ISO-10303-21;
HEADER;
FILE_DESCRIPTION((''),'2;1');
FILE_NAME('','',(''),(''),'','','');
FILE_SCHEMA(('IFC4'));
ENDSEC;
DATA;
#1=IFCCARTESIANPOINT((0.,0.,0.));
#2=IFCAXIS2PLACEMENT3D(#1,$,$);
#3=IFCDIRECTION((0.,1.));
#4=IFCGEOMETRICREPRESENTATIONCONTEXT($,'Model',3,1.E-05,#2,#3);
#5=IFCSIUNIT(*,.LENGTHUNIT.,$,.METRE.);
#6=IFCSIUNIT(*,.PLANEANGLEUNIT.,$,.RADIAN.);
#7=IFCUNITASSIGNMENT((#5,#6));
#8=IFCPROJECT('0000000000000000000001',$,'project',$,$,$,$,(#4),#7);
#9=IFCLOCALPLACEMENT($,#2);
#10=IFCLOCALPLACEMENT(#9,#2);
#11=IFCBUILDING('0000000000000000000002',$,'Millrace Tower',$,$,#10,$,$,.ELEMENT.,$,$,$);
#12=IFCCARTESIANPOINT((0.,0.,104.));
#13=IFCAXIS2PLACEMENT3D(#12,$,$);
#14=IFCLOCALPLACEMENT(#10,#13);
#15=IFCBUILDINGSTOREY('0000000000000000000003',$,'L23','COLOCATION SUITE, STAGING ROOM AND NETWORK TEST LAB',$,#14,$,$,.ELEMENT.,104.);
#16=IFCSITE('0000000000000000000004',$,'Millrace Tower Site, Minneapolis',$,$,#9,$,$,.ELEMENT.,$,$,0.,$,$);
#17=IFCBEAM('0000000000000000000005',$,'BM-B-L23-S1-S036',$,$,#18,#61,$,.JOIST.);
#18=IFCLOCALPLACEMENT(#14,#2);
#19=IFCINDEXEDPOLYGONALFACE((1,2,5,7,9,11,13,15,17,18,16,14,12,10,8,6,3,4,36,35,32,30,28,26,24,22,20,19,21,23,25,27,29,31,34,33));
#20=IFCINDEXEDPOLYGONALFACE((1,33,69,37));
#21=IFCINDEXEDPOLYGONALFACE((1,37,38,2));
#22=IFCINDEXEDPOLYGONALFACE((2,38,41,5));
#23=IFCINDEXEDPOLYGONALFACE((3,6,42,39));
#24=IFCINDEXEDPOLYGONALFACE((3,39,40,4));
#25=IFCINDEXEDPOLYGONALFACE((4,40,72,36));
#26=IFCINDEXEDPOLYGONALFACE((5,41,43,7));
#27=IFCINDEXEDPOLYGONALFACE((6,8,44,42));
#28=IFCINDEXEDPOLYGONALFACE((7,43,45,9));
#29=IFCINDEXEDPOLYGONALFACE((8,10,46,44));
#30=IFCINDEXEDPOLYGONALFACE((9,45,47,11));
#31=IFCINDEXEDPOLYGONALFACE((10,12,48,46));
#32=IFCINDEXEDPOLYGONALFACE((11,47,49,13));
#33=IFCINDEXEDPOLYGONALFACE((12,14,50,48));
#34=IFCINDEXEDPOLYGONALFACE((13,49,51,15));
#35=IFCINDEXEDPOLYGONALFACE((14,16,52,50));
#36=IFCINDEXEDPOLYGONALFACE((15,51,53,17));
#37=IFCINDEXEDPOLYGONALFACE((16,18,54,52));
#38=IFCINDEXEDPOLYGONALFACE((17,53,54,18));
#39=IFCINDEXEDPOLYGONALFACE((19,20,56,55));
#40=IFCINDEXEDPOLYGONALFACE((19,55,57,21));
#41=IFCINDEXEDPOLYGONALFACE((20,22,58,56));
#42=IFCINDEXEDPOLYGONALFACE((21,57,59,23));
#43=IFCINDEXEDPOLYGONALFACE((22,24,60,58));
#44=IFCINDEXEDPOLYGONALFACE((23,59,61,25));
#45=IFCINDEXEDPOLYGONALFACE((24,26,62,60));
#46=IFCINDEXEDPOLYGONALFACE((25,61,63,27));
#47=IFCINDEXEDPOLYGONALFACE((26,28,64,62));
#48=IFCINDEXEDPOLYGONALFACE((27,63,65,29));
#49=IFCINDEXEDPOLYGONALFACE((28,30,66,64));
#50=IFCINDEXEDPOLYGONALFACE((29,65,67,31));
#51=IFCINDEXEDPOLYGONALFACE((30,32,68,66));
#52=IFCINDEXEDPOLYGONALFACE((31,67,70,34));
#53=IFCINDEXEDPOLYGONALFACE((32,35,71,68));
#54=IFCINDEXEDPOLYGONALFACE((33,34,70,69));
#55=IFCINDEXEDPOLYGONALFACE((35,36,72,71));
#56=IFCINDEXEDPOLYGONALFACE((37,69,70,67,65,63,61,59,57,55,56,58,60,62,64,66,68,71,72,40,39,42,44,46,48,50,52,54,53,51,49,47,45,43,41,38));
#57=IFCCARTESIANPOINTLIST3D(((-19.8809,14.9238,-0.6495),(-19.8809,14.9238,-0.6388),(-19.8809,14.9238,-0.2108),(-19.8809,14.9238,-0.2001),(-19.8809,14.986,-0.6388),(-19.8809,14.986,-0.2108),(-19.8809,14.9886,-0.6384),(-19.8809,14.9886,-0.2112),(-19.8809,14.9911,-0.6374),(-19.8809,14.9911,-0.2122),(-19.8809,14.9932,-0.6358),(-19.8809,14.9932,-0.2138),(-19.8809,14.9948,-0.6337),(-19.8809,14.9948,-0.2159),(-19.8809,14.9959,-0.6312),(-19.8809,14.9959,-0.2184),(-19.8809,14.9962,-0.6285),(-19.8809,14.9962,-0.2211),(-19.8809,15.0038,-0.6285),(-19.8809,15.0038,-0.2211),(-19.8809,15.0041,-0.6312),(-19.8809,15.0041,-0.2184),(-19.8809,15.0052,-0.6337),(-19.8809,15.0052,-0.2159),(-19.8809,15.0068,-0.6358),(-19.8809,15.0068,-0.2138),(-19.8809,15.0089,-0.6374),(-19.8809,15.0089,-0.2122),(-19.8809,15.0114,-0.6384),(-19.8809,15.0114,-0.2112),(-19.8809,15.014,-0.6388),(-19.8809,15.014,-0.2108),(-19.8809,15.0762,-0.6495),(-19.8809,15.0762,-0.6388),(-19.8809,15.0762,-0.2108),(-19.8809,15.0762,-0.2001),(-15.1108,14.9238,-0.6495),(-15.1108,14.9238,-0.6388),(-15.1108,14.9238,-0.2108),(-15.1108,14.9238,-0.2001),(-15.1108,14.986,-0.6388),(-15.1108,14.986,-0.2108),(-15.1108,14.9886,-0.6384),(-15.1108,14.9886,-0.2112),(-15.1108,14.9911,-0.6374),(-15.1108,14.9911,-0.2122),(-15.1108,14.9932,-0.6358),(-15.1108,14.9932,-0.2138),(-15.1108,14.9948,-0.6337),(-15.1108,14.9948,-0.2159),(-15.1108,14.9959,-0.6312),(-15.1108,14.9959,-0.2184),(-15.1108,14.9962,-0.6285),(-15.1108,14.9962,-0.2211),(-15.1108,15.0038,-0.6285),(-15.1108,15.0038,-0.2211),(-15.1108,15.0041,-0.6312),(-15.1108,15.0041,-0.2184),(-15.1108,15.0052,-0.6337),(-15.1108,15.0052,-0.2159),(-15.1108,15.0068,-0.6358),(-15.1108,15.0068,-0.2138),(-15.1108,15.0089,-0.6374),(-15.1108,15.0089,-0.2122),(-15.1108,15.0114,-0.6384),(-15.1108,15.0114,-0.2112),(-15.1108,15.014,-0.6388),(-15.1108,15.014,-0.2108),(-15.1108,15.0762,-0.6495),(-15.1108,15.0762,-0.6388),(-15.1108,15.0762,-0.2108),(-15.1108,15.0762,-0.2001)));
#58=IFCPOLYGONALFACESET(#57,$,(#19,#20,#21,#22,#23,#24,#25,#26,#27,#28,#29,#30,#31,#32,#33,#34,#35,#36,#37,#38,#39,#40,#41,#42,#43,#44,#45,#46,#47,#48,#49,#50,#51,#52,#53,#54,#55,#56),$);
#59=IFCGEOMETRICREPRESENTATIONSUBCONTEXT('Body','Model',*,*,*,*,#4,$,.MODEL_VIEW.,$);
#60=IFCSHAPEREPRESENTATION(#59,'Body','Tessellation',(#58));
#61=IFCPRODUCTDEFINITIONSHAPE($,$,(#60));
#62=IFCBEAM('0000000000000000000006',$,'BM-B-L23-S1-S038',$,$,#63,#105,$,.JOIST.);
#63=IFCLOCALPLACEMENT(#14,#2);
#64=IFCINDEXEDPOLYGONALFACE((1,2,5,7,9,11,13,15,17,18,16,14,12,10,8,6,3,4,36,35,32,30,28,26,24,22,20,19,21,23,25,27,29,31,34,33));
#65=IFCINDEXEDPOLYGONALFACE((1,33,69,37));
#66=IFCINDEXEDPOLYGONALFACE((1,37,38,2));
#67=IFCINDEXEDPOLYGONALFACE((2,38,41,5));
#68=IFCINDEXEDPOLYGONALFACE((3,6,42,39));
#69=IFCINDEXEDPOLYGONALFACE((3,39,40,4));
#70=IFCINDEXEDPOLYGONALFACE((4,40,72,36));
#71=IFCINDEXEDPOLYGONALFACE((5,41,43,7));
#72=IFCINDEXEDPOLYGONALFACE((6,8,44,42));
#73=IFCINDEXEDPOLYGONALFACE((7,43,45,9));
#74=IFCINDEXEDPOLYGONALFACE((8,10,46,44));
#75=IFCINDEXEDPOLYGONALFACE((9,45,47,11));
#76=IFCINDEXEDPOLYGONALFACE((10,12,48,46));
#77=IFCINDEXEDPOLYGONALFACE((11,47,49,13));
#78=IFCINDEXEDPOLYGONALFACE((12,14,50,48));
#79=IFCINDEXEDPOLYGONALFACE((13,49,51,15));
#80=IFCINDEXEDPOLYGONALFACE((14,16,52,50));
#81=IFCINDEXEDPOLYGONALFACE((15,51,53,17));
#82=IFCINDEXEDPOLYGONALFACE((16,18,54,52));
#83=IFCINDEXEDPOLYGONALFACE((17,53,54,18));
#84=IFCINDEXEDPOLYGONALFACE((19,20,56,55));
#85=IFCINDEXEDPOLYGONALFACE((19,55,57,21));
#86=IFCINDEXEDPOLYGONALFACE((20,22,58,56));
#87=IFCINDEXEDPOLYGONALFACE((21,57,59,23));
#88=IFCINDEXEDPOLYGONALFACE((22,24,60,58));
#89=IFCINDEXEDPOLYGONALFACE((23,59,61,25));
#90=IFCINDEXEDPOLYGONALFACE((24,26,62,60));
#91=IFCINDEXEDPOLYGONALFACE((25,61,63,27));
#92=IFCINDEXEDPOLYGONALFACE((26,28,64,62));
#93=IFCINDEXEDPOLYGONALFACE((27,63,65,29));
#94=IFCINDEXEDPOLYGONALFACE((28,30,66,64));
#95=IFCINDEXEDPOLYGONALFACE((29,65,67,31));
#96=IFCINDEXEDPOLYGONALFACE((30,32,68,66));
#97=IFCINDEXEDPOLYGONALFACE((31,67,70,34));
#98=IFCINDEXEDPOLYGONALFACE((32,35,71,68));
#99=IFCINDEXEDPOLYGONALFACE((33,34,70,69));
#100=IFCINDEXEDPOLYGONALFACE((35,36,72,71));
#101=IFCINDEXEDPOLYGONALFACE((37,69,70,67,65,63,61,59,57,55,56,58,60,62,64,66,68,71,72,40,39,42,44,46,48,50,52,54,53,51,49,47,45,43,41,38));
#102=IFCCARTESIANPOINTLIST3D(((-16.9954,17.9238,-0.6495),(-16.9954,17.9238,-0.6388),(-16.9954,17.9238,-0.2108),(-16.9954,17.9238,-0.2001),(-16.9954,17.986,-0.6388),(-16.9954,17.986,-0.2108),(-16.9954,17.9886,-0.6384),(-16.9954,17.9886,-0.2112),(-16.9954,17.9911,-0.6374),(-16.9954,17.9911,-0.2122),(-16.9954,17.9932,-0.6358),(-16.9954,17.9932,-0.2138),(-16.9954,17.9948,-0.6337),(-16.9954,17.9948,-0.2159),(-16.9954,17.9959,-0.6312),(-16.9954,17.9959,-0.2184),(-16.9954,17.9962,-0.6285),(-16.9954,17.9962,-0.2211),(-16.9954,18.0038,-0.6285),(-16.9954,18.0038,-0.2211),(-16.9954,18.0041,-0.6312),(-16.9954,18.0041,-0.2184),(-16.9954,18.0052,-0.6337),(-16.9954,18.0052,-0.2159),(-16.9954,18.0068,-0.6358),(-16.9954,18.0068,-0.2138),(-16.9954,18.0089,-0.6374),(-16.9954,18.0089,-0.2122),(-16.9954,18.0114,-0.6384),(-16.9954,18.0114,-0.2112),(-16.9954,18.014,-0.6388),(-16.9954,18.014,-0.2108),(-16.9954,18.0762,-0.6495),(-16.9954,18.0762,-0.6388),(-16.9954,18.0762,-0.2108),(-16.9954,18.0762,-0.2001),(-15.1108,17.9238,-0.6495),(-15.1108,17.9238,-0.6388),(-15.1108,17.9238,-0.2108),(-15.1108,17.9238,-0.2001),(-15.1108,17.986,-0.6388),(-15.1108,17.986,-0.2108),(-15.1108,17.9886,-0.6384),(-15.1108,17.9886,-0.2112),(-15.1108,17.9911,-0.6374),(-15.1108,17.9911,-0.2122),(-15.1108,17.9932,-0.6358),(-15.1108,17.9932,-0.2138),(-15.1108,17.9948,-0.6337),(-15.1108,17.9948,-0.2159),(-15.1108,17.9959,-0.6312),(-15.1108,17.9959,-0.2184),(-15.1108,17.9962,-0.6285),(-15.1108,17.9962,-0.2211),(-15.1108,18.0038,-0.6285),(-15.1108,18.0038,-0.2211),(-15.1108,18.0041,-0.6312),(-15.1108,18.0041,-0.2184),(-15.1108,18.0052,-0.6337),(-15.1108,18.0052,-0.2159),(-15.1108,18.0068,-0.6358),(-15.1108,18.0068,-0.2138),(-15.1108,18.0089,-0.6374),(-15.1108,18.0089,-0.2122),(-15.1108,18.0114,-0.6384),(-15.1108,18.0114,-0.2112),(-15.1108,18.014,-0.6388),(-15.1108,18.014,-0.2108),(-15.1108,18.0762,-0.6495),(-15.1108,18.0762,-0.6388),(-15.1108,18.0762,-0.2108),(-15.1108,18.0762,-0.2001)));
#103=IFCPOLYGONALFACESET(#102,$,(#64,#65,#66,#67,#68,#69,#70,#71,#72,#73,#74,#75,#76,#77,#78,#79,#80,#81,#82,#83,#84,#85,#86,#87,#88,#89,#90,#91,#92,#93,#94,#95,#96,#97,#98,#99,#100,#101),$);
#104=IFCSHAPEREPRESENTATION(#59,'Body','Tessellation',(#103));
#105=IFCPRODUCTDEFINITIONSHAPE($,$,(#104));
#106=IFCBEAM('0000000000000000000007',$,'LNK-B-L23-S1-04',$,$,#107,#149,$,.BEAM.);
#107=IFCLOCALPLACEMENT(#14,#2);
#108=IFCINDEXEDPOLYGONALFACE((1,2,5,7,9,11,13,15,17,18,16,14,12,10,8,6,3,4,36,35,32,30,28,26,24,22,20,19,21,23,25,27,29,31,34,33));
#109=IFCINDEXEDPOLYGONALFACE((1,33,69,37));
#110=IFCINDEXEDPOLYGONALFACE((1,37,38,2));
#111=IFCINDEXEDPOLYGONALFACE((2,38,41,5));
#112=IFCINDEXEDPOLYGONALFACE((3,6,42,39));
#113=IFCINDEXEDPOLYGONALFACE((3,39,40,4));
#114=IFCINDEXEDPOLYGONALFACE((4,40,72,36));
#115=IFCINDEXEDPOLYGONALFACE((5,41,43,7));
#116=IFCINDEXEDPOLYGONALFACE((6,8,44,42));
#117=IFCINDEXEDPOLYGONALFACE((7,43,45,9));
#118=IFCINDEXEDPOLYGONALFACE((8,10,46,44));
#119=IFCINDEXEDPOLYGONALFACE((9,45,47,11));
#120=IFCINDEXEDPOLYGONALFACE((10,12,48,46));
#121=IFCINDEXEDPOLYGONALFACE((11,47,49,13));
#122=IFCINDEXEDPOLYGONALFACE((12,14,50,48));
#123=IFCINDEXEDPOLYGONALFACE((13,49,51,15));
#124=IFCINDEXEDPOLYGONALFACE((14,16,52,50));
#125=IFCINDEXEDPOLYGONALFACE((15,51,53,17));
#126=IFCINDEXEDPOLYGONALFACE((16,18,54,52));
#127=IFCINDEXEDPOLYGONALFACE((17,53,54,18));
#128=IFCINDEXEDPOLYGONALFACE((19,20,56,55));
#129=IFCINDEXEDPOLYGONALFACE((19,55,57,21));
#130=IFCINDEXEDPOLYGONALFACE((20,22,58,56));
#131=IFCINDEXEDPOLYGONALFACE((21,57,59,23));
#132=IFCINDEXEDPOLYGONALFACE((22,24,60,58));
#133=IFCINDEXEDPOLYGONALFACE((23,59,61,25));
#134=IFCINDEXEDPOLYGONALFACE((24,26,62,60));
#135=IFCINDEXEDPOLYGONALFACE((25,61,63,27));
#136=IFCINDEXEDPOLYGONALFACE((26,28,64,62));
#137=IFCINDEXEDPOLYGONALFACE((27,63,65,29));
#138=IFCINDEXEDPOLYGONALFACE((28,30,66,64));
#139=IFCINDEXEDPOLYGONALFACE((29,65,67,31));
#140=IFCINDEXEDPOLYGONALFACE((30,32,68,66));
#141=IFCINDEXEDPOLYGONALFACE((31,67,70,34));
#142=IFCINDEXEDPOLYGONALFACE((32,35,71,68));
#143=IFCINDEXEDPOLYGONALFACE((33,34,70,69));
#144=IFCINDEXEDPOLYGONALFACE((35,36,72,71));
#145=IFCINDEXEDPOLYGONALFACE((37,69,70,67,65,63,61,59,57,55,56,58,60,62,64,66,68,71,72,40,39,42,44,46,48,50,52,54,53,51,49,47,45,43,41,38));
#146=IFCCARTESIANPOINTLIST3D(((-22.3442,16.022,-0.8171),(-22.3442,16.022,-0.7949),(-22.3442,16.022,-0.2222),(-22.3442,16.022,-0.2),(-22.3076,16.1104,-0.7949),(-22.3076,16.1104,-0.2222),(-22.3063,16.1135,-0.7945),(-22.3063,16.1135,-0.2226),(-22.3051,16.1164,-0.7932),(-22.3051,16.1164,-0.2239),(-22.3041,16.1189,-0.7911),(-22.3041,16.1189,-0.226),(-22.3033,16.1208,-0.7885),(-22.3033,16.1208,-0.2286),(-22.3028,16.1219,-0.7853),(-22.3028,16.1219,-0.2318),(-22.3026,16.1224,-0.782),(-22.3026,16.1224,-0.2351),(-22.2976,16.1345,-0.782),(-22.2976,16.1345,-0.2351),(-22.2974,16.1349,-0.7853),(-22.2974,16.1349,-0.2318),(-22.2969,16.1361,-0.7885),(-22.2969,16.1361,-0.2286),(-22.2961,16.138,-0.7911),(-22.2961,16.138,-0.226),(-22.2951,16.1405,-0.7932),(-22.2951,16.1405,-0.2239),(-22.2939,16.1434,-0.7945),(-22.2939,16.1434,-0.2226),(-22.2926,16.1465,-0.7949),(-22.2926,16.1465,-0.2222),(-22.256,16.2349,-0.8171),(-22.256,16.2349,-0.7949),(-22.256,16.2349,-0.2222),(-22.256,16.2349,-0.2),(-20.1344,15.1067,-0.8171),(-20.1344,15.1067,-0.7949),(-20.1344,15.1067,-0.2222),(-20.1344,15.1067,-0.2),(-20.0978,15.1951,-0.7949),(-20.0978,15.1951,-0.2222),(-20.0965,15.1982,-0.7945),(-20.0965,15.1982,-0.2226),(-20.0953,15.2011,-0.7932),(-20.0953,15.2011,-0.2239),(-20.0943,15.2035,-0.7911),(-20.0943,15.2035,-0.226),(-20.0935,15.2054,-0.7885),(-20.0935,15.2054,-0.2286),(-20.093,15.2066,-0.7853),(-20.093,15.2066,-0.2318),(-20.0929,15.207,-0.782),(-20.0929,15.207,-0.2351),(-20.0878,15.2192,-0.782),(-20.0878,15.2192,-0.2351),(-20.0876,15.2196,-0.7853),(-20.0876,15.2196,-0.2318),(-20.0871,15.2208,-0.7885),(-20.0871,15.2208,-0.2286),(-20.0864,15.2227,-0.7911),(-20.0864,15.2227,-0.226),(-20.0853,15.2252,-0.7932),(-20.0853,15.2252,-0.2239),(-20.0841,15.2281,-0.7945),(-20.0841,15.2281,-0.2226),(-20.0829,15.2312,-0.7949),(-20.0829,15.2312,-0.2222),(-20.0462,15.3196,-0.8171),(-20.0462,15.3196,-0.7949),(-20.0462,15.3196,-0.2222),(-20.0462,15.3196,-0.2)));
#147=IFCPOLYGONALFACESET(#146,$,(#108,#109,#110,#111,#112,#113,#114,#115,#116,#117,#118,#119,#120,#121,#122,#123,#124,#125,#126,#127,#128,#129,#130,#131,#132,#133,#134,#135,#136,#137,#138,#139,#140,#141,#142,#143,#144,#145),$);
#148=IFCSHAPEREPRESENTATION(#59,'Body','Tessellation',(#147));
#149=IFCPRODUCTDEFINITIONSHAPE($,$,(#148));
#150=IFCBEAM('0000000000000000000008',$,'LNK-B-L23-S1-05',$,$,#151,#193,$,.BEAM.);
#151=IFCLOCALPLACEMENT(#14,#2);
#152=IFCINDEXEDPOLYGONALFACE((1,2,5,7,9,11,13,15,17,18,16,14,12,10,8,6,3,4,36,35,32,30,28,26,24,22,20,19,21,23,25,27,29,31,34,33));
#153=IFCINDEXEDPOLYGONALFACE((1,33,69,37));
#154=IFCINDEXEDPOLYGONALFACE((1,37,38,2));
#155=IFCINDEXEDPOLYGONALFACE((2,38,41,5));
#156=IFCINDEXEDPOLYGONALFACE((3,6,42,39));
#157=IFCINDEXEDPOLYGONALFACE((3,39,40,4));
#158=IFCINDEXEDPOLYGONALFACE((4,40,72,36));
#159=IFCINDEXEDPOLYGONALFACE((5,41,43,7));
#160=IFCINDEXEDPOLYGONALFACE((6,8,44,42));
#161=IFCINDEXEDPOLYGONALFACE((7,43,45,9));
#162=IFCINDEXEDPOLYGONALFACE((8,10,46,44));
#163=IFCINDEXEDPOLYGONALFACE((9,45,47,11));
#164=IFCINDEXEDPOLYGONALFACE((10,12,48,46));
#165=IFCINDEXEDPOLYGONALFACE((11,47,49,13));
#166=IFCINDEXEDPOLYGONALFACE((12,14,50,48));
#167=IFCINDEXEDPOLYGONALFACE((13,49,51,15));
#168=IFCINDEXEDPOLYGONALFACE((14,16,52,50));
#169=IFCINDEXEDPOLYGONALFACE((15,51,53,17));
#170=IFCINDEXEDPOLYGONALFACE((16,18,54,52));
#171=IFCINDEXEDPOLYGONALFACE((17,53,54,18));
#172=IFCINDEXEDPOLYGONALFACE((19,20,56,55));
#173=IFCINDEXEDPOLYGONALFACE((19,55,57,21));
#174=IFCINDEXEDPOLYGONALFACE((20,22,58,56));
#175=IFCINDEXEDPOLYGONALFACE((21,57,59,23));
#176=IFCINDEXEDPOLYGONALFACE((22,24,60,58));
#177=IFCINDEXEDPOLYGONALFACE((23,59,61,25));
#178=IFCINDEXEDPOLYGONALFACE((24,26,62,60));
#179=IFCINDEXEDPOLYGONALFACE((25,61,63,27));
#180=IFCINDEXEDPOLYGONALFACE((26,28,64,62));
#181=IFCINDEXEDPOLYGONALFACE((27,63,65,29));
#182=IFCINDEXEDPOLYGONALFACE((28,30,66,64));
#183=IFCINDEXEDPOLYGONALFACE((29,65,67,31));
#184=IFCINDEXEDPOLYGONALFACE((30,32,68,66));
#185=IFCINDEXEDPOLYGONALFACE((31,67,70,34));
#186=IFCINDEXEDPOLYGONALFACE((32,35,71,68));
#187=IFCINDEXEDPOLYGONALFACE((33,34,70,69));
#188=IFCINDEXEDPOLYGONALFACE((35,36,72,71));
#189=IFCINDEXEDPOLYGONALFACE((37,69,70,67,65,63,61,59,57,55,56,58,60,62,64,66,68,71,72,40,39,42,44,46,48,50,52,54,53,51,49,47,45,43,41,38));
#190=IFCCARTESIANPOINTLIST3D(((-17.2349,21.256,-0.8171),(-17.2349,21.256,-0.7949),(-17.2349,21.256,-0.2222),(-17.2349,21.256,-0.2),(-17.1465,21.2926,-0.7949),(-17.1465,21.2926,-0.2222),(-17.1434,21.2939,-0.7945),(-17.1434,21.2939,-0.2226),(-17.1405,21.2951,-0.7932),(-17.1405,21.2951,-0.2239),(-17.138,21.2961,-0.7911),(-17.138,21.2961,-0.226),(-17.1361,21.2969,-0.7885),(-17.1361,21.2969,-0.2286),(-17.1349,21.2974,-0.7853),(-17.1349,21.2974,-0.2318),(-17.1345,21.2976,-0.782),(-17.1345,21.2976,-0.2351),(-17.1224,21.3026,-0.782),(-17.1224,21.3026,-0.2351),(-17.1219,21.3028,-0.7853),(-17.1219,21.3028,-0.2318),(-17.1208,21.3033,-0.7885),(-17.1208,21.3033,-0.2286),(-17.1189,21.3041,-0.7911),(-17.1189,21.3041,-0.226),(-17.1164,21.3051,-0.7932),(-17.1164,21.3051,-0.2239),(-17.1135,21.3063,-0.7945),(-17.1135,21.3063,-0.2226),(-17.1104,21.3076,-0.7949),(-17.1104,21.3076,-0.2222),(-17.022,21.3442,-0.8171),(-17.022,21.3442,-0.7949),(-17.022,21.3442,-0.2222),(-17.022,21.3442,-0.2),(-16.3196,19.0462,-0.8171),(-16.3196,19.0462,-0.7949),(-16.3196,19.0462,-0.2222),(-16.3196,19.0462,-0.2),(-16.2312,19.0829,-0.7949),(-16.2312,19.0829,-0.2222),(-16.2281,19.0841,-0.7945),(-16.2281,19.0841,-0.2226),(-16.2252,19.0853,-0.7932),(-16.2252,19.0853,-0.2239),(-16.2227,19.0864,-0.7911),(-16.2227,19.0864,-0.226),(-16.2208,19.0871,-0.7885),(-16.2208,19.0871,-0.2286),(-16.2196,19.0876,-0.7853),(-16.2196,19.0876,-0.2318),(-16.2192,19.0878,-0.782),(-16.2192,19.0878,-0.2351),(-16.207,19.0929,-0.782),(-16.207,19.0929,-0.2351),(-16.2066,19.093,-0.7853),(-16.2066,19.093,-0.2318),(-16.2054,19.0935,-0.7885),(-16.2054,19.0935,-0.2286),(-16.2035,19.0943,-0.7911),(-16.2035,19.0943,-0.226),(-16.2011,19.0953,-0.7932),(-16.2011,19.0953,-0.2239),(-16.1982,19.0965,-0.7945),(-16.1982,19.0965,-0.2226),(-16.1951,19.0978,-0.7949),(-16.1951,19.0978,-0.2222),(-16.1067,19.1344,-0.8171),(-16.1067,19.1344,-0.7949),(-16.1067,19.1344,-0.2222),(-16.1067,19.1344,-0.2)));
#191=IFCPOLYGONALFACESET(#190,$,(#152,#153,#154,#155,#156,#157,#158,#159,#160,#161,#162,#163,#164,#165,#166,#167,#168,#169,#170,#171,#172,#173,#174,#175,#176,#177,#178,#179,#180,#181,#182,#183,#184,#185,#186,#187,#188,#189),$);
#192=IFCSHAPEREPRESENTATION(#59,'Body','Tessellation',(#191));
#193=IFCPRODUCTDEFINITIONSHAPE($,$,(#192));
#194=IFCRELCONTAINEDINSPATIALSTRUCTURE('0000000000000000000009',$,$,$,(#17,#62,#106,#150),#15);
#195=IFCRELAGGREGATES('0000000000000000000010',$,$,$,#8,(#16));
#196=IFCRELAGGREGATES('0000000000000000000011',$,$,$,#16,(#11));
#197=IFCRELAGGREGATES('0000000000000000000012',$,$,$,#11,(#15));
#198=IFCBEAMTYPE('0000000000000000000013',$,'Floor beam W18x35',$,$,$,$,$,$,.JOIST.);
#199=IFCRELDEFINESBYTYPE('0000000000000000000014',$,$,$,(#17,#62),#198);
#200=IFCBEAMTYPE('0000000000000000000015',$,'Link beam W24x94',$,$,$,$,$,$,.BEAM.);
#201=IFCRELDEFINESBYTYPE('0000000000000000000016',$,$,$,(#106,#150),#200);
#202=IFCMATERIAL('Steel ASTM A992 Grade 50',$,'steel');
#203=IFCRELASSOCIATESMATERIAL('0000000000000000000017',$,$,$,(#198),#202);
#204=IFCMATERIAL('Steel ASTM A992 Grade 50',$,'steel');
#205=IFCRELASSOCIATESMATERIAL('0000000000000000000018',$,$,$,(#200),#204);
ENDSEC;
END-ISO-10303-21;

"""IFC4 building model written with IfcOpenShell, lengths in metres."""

from ifc_helpers import new_model, si_unit, direction, frame, origin, origin_2d, place, context, subcontext, project, spatial, i_section, extrude, material, material_profile, profile_set, type_object, element, save


model = new_model("IFC4")

# Units and contexts
model_context = context("Model", 3, precision=1e-05, world=origin(), true_north=direction((0.0, 1.0)))
body_context = subcontext(model_context, "Body", "Model", "MODEL_VIEW")
ifc_project = project(units=[si_unit("LENGTHUNIT", "METRE"), si_unit("PLANEANGLEUNIT", "RADIAN")], contexts=[model_context])

# Site, building, storey
site_placement = place(None, origin())
site = spatial("IfcSite", under=ifc_project, at=site_placement, Name="Millrace Tower Site, Minneapolis", CompositionType="ELEMENT", RefElevation=0.0)
building_placement = place(site_placement, origin())
building = spatial("IfcBuilding", under=site, at=building_placement, Name="Millrace Tower", CompositionType="ELEMENT")
storey_placement = place(building_placement, frame((0.0, 0.0, 104.0)))
storey = spatial("IfcBuildingStorey", under=building, at=storey_placement, Name="L23", Description="COLOCATION SUITE, STAGING ROOM AND NETWORK TEST LAB", CompositionType="ELEMENT", Elevation=104.0)

# Beams
ifc_material_1 = material(Name="Steel ASTM A992 Grade 50", Category="steel")
ifc_material_profile_1 = material_profile(ifc_material_1, i_section(OverallWidth=0.1523, OverallDepth=0.4495, WebThickness=0.0076, FlangeThickness=0.0107, FilletRadius=0.0103, at=origin_2d()))
ifc_profile_set_1 = profile_set([ifc_material_profile_1], Name="Steel ASTM A992 Grade 50")
beam_type_1 = type_object("IfcBeamType", Name="Floor beam W18x35", PredefinedType="JOIST", material=ifc_profile_set_1)
for number, where, z_axis, x_axis, name in (
    (1, (-19.8809, 15.0, -0.4248), (1.0, 0.0, 0.0), (0.0, 1.0, 0.0), "BM-B-L23-S1-S036"),
):
    element("IfcBeam", number, at=place(storey_placement, frame(where, z_axis=z_axis, x_axis=x_axis)), inside=storey, type_object=beam_type_1, Name=name, PredefinedType="JOIST", context=body_context, shape_type="SweptSolid", body=[
        extrude(i_section(OverallWidth=0.1523, OverallDepth=0.4495, WebThickness=0.0076, FlangeThickness=0.0107, FilletRadius=0.0103, at=origin_2d()), origin(), (0.0, 0.0, 1.0), 4.77),
    ])
beam_1_placement = place(storey_placement, frame((-16.9954, 18.0, -0.4248), z_axis=(1.0, 0.0, 0.0), x_axis=(0.0, 1.0, 0.0)))
element("IfcBeam", 2, at=beam_1_placement, inside=storey, type_object=beam_type_1, Name="BM-B-L23-S1-S038", PredefinedType="JOIST", context=body_context, shape_type="SweptSolid", body=[
    extrude(i_section(OverallWidth=0.1523, OverallDepth=0.4495, WebThickness=0.0076, FlangeThickness=0.0107, FilletRadius=0.0103, at=origin_2d()), origin(), (0.0, 0.0, 1.0), 1.8845),
])
ifc_material_2 = material(Name="Steel ASTM A992 Grade 50", Category="steel")
ifc_material_profile_2 = material_profile(ifc_material_2, i_section(OverallWidth=0.2305, OverallDepth=0.6172, WebThickness=0.0132, FlangeThickness=0.0222, FilletRadius=0.0129, at=origin_2d()))
ifc_profile_set_2 = profile_set([ifc_material_profile_2], Name="Steel ASTM A992 Grade 50")
beam_type_2 = type_object("IfcBeamType", Name="Link beam W24x94", PredefinedType="BEAM", material=ifc_profile_set_2)
for number, where, z_axis, x_axis, name in (
    (3, (-20.0903, 15.2131, -0.5085), (-0.923881, 0.382679, 0.0), (-0.382679, -0.923881, 0.0), "LNK-B-L23-S1-04"),
    (4, (-16.2131, 19.0903, -0.5085), (-0.382679, 0.923881, 0.0), (-0.923881, -0.382679, 0.0), "LNK-B-L23-S1-05"),
):
    element("IfcBeam", number, at=place(storey_placement, frame(where, z_axis=z_axis, x_axis=x_axis)), inside=storey, type_object=beam_type_2, Name=name, PredefinedType="BEAM", context=body_context, shape_type="SweptSolid", body=[
        extrude(i_section(OverallWidth=0.2305, OverallDepth=0.6172, WebThickness=0.0132, FlangeThickness=0.0222, FilletRadius=0.0129, at=origin_2d()), origin(), (0.0, 0.0, 1.0), 2.3918),
    ])

save(model, "model.ifc")
